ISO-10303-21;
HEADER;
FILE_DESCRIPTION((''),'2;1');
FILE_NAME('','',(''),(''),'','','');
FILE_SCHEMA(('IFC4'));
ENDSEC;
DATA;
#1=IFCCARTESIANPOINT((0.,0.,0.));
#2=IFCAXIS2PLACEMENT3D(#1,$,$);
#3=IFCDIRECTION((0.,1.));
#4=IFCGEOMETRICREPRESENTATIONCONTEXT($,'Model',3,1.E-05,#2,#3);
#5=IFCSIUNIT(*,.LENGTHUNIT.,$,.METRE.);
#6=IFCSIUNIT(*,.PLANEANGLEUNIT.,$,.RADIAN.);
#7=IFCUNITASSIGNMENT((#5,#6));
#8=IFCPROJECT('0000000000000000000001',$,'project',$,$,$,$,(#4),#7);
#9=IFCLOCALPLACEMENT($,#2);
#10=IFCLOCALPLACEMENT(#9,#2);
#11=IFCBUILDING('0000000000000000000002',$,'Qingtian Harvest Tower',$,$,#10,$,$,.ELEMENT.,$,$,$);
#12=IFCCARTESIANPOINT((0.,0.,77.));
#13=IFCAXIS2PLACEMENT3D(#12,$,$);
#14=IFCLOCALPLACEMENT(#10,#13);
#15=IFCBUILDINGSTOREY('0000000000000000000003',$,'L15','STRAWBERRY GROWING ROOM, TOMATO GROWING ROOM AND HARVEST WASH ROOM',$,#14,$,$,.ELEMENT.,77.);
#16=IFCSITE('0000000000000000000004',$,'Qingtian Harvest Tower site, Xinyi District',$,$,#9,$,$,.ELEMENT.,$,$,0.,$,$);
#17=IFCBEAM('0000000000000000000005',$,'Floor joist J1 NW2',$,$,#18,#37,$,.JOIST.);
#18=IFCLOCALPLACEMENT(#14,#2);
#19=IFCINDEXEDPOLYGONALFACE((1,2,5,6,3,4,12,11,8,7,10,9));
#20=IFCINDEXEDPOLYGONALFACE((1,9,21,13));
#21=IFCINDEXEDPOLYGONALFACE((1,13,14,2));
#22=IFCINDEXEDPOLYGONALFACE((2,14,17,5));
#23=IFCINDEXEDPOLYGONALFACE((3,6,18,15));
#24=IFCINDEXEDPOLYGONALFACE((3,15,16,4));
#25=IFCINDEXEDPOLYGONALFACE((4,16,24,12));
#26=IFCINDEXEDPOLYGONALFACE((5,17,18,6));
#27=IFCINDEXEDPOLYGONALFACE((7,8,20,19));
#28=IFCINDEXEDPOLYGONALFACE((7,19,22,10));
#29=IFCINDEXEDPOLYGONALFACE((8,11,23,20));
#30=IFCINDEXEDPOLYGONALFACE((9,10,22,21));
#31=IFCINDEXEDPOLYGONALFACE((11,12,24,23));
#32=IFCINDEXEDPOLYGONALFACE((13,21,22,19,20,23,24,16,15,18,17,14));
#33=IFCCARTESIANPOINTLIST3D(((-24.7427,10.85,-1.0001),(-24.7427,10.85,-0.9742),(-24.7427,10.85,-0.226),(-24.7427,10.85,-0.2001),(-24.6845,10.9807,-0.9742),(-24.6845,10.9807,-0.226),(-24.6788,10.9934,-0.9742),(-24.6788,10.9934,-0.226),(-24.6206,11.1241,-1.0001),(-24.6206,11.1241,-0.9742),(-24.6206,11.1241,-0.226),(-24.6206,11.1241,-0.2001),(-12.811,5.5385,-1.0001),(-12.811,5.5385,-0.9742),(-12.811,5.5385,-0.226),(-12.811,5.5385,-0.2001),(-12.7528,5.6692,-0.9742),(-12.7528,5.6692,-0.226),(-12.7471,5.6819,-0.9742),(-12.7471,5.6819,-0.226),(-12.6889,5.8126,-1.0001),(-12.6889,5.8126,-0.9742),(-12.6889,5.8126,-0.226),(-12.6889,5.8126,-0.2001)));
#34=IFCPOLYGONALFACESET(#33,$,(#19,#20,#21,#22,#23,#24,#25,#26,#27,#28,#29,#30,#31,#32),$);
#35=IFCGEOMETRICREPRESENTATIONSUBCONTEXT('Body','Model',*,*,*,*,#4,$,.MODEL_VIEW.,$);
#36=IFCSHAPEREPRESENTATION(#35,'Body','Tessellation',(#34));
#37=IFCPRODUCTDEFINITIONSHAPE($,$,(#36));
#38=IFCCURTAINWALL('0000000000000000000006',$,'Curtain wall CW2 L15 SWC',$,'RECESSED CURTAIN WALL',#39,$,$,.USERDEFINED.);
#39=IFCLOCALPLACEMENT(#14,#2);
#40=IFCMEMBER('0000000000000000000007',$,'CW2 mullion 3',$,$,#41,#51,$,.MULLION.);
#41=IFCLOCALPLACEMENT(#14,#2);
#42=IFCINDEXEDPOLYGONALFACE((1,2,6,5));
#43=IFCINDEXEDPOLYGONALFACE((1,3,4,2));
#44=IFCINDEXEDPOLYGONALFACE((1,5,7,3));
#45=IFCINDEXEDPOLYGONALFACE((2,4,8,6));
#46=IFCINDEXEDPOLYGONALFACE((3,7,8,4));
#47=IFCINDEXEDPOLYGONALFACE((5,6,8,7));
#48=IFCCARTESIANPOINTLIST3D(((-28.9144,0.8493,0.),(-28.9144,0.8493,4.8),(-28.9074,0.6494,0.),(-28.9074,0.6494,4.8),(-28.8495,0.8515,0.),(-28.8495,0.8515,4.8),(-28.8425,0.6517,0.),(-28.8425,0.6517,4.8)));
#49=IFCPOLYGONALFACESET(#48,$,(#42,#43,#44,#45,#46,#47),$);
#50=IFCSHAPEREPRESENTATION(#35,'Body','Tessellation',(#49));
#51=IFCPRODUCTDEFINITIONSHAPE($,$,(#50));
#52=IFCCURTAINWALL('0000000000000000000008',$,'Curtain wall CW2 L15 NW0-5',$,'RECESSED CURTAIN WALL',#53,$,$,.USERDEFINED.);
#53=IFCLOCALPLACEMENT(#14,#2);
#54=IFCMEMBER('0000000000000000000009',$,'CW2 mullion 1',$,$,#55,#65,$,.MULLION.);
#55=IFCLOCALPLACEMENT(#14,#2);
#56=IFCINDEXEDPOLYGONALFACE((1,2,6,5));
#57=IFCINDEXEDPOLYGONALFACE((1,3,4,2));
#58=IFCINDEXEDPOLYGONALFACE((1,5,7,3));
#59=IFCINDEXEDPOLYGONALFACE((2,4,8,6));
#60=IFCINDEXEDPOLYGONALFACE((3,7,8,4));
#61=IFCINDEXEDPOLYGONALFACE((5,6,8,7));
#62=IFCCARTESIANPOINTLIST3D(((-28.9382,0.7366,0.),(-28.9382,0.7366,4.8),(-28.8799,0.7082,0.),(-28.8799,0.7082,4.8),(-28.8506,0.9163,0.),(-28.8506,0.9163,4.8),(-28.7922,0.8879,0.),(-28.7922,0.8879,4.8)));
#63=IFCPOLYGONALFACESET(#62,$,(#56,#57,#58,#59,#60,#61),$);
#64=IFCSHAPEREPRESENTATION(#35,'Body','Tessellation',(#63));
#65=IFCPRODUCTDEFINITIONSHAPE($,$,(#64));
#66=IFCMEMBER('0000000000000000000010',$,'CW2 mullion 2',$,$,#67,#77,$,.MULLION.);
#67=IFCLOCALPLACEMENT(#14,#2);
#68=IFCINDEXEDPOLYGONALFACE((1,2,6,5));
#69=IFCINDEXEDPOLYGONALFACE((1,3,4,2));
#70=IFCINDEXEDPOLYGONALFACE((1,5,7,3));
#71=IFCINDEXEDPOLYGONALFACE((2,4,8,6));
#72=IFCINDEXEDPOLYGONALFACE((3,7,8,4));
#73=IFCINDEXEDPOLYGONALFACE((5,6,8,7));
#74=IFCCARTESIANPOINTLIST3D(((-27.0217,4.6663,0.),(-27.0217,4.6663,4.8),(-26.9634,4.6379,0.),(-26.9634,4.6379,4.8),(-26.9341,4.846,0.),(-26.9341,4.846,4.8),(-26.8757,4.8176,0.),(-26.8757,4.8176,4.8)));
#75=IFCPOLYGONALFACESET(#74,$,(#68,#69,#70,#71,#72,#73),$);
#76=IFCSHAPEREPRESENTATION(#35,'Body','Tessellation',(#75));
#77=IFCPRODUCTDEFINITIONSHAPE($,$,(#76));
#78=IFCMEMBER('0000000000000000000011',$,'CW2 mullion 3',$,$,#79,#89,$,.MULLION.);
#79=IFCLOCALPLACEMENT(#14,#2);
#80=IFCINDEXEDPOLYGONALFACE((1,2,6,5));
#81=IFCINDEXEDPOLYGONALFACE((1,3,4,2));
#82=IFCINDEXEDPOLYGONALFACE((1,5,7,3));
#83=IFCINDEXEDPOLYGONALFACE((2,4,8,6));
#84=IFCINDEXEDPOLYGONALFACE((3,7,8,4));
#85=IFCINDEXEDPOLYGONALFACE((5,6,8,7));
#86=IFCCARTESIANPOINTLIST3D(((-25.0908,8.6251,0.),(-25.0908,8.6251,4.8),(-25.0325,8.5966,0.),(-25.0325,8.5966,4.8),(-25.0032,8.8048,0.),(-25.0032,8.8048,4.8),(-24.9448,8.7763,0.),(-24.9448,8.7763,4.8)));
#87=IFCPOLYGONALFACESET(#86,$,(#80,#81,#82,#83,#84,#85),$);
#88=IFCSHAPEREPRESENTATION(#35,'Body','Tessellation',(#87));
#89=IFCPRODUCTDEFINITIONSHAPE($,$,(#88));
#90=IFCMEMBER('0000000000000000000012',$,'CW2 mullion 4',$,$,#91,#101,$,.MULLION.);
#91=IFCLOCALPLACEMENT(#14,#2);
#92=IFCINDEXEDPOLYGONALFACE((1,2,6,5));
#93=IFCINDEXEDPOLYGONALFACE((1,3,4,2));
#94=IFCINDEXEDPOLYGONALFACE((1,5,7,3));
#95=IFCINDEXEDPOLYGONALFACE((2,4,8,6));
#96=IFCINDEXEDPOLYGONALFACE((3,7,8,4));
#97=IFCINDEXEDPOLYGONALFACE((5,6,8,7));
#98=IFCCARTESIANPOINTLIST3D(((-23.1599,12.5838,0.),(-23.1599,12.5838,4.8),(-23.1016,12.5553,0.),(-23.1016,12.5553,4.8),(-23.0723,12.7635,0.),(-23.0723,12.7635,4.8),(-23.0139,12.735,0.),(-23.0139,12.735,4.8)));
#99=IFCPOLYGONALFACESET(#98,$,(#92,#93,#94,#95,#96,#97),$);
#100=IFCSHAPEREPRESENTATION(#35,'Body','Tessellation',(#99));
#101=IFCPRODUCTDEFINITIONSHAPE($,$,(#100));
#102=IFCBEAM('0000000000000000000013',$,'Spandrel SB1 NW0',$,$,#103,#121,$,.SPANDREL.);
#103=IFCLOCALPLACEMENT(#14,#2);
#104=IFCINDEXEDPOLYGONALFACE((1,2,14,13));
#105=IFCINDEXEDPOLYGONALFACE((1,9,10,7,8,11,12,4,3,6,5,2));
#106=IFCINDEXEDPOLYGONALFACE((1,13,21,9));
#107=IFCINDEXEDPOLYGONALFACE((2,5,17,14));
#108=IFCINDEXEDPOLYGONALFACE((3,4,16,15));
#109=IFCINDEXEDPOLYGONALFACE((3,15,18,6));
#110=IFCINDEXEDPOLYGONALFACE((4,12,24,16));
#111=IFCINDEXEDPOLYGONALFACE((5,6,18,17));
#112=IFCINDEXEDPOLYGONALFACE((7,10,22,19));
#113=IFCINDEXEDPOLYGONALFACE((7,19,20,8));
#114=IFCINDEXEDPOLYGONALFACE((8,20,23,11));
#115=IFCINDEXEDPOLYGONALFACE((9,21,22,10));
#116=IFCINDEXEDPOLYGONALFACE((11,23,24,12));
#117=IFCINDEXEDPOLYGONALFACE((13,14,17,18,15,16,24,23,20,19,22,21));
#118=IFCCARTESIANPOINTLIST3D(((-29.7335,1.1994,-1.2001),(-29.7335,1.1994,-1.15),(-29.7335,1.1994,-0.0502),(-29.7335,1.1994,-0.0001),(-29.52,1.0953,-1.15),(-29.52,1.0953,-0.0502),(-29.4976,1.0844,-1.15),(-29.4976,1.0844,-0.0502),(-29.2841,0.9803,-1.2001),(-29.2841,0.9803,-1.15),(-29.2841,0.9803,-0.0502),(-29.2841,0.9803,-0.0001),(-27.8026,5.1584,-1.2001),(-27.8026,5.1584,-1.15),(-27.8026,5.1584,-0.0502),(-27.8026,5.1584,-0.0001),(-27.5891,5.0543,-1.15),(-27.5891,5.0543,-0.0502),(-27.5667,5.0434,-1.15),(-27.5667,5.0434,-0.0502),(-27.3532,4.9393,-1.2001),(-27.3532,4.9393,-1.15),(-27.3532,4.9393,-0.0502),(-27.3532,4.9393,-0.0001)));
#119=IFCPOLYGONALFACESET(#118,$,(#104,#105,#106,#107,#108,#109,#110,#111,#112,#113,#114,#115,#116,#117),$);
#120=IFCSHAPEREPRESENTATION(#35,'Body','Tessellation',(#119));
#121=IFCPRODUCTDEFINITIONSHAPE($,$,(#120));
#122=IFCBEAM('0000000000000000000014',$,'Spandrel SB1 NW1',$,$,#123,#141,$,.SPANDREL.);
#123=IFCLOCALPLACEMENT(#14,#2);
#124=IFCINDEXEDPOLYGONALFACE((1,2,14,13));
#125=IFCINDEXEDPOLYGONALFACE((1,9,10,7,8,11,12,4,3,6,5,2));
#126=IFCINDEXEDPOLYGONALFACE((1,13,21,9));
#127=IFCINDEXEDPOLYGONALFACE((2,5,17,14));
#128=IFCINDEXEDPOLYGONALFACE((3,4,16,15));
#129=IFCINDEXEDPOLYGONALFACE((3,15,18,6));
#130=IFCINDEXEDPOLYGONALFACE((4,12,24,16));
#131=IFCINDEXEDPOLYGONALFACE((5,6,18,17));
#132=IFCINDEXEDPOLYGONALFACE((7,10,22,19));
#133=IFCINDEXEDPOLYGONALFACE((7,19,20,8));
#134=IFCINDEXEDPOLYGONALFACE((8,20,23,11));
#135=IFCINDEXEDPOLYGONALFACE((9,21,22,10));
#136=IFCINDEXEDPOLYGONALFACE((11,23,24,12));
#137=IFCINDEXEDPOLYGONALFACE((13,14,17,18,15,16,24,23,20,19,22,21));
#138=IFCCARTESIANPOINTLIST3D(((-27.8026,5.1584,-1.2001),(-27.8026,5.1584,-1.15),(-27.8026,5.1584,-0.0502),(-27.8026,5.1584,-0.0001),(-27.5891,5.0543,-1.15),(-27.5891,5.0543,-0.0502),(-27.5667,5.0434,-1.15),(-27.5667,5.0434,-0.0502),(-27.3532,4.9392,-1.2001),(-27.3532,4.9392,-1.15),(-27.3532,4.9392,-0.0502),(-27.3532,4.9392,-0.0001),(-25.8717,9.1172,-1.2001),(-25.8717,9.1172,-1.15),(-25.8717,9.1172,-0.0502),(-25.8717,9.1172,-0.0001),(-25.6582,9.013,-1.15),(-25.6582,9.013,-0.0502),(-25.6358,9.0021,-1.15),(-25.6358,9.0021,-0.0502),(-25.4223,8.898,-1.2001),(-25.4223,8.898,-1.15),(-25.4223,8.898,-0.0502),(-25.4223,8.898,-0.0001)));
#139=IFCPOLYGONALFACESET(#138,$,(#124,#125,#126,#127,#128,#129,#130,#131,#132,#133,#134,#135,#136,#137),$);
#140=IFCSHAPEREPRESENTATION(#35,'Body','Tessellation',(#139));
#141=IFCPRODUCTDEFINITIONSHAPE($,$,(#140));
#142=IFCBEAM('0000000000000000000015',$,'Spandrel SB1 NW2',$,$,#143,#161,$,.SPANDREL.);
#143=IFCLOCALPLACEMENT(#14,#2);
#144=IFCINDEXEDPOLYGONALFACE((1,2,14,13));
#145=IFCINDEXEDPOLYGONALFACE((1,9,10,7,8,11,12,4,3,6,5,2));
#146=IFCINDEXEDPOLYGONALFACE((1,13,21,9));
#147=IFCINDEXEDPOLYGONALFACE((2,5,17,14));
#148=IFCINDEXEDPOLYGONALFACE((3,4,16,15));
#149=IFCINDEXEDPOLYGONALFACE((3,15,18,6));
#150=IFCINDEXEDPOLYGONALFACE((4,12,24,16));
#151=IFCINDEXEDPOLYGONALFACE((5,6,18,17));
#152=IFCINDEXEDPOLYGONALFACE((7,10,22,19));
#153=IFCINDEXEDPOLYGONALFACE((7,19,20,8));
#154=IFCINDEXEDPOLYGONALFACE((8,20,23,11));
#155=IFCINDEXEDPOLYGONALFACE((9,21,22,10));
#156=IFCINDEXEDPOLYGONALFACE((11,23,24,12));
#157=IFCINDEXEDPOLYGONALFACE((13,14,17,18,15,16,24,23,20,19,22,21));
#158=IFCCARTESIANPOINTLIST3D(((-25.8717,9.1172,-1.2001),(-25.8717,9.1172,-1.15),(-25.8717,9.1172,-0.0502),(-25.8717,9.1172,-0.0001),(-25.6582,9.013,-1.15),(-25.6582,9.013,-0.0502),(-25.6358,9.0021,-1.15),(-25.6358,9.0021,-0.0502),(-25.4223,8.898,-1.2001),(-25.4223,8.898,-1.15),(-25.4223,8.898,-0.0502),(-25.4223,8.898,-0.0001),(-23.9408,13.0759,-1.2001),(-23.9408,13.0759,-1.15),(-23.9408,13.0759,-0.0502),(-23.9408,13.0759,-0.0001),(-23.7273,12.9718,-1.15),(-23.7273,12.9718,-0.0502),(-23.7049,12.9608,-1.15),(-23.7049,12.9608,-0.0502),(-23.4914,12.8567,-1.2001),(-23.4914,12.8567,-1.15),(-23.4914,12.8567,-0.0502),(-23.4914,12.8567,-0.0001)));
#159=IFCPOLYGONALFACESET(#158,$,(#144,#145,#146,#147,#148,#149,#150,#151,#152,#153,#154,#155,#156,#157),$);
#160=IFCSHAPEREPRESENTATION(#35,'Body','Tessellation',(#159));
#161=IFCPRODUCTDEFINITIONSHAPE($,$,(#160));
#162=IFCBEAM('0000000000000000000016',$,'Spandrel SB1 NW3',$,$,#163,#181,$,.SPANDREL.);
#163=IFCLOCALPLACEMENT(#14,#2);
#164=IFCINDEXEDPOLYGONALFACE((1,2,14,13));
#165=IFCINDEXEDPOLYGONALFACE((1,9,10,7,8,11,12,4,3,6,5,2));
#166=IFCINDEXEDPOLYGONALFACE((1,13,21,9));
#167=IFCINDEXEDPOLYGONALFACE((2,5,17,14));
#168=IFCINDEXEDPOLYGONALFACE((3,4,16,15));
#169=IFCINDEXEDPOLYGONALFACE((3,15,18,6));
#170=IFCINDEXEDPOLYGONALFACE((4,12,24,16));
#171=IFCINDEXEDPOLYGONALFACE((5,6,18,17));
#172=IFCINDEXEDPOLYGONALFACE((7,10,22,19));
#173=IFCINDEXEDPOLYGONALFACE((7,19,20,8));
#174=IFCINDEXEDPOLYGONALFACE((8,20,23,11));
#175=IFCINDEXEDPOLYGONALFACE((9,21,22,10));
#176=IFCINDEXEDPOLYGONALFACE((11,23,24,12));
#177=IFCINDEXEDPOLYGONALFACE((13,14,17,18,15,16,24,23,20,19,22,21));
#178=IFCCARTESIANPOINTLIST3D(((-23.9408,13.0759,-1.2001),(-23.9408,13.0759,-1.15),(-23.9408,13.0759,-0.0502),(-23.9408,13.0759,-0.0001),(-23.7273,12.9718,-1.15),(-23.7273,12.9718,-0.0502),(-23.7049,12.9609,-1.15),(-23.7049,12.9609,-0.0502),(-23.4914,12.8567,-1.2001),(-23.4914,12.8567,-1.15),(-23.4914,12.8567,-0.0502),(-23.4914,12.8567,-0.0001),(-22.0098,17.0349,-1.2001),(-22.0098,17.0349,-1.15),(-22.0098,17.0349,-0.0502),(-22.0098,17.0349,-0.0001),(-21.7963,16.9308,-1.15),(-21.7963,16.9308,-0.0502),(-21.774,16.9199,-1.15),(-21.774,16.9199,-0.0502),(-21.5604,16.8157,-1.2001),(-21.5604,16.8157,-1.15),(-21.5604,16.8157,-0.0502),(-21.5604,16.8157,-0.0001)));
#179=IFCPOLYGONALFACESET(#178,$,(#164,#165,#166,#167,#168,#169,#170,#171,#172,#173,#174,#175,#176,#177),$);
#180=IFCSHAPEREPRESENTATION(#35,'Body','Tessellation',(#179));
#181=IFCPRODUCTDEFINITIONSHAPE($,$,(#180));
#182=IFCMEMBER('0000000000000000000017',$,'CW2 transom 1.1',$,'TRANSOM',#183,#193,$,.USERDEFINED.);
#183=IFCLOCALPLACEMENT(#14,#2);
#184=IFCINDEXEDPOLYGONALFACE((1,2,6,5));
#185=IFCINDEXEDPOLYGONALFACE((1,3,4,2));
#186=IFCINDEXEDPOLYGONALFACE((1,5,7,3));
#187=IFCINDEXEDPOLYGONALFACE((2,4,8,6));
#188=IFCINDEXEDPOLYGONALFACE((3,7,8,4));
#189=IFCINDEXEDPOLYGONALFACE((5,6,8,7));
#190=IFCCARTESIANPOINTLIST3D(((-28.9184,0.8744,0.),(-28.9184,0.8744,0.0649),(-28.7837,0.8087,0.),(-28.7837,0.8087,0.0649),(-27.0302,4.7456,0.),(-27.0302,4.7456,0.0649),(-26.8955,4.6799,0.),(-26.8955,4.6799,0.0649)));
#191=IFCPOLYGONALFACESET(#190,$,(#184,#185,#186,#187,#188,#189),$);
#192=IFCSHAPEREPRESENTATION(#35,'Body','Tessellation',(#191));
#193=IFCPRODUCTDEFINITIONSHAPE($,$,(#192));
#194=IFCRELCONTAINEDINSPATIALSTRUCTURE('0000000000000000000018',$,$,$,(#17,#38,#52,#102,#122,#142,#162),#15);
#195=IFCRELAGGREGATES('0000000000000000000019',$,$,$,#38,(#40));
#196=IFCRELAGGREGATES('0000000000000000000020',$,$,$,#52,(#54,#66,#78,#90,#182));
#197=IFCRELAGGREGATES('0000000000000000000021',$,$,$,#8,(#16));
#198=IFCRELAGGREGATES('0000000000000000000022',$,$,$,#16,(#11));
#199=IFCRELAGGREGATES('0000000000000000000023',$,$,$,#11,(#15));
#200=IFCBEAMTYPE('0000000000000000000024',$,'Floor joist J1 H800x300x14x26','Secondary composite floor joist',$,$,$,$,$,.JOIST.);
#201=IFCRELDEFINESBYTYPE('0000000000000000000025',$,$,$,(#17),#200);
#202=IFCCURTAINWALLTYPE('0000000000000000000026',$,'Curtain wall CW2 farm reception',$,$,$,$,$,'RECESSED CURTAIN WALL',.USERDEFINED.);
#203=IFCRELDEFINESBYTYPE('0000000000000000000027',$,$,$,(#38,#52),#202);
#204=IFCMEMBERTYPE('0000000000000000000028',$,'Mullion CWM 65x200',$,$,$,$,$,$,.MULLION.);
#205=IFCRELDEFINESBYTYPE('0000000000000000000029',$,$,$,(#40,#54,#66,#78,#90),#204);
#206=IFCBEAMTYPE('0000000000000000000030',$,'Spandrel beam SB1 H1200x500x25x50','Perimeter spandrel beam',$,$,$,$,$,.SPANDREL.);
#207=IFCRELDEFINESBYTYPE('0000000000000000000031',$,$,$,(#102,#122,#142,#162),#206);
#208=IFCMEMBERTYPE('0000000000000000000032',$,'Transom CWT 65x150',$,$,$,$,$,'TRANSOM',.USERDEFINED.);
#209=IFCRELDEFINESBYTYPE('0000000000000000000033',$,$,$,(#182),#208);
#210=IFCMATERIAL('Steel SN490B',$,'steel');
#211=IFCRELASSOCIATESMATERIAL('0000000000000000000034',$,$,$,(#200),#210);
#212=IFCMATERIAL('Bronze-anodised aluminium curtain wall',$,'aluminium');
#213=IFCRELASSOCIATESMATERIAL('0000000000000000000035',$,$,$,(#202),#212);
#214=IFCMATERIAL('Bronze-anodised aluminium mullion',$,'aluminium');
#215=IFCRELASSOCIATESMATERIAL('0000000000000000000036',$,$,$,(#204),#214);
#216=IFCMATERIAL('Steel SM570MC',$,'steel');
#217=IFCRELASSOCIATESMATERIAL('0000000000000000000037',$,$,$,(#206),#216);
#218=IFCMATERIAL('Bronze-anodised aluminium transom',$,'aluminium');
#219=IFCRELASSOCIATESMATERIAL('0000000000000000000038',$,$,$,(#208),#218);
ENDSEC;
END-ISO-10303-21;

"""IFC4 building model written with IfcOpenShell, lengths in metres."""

from ifc_helpers import new_model, si_unit, direction, frame, origin, origin_2d, place, context, subcontext, project, spatial, rectangle, i_section, extrude, material, material_profile, profile_set, type_object, element, aggregate, save


model = new_model("IFC4")

# Units and contexts
model_context = context("Model", 3, precision=1e-05, world=origin(), true_north=direction((0.0, 1.0)))
body_context = subcontext(model_context, "Body", "Model", "MODEL_VIEW")
ifc_project = project(units=[si_unit("LENGTHUNIT", "METRE"), si_unit("PLANEANGLEUNIT", "RADIAN")], contexts=[model_context])

# Site, building, storey
site_placement = place(None, origin())
site = spatial("IfcSite", under=ifc_project, at=site_placement, Name="Qingtian Harvest Tower site, Xinyi District", CompositionType="ELEMENT", RefElevation=0.0)
building_placement = place(site_placement, origin())
building = spatial("IfcBuilding", under=site, at=building_placement, Name="Qingtian Harvest Tower", CompositionType="ELEMENT")
storey_placement = place(building_placement, frame((0.0, 0.0, 77.0)))
storey = spatial("IfcBuildingStorey", under=building, at=storey_placement, Name="L15", Description="STRAWBERRY GROWING ROOM, TOMATO GROWING ROOM AND HARVEST WASH ROOM", CompositionType="ELEMENT", Elevation=77.0)

# Beam
ifc_material_1 = material(Name="Steel SN490B", Category="steel")
ifc_material_profile_1 = material_profile(ifc_material_1, i_section(OverallWidth=0.3, OverallDepth=0.8, WebThickness=0.0139, FlangeThickness=0.0259, at=origin_2d()), Name="H800x300x14x26")
ifc_profile_set_1 = profile_set([ifc_material_profile_1], Name="Steel SN490B")
beam_type_1 = type_object("IfcBeamType", Name="Floor joist J1 H800x300x14x26", Description="Secondary composite floor joist", PredefinedType="JOIST", material=ifc_profile_set_1)
beam_1_placement = place(storey_placement, frame((-24.6816, 10.9871, -0.6001), z_axis=(0.913568, -0.406686, 0.0), x_axis=(0.406686, 0.913568, 0.0)))
element("IfcBeam", 1, at=beam_1_placement, inside=storey, type_object=beam_type_1, Name="Floor joist J1 NW2", PredefinedType="JOIST", context=body_context, shape_type="SweptSolid", body=[
    extrude(i_section(OverallWidth=0.3, OverallDepth=0.8, WebThickness=0.0139, FlangeThickness=0.0259, at=origin_2d()), origin(), (0.0, 0.0, 1.0), 13.0605),
])

# Curtain wall, member
ifc_material_2 = material(Name="Bronze-anodised aluminium curtain wall", Category="aluminium")
curtain_wall_type = type_object("IfcCurtainWallType", Name="Curtain wall CW2 farm reception", ElementType="RECESSED CURTAIN WALL", PredefinedType="USERDEFINED", material=ifc_material_2)
curtain_wall_1_placement = place(storey_placement, origin())
curtain_wall_1 = element("IfcCurtainWall", 2, at=curtain_wall_1_placement, inside=storey, type_object=curtain_wall_type, Name="Curtain wall CW2 L15 SWC", ObjectType="RECESSED CURTAIN WALL", PredefinedType="USERDEFINED")
ifc_material_3 = material(Name="Bronze-anodised aluminium mullion", Category="aluminium")
ifc_material_profile_2 = material_profile(ifc_material_3, rectangle(XDim=0.0649, YDim=0.2, at=origin_2d()), Name="AL 65x200")
ifc_profile_set_2 = profile_set([ifc_material_profile_2], Name="Bronze-anodised aluminium mullion")
member_type_1 = type_object("IfcMemberType", Name="Mullion CWM 65x200", PredefinedType="MULLION", material=ifc_profile_set_2)
member_1_placement = place(storey_placement, frame((-28.8784, 0.7505, 0.0), z_axis=(0.0, 0.0, 1.0), x_axis=(-0.999391, -0.034899, 0.0)))
member_1 = element("IfcMember", 3, at=member_1_placement, type_object=member_type_1, Name="CW2 mullion 3", PredefinedType="MULLION", context=body_context, shape_type="SweptSolid", body=[
    extrude(rectangle(XDim=0.0649, YDim=0.2, at=origin_2d()), origin(), (0.0, 0.0, 1.0), 4.8),
])
aggregate(curtain_wall_1, [member_1])

# Curtain wall, members
curtain_wall_2_placement = place(storey_placement, origin())
curtain_wall_2 = element("IfcCurtainWall", 4, at=curtain_wall_2_placement, inside=storey, type_object=curtain_wall_type, Name="Curtain wall CW2 L15 NW0-5", ObjectType="RECESSED CURTAIN WALL", PredefinedType="USERDEFINED")
member_2_placement = place(storey_placement, frame((-28.8652, 0.8123, 0.0), z_axis=(0.0, 0.0, 1.0), x_axis=(-0.898794, 0.438371, 0.0)))
member_2 = element("IfcMember", 5, at=member_2_placement, type_object=member_type_1, Name="CW2 mullion 1", PredefinedType="MULLION", context=body_context, shape_type="SweptSolid", body=[
    extrude(rectangle(XDim=0.0649, YDim=0.2, at=origin_2d()), origin(), (0.0, 0.0, 1.0), 4.8),
])
member_3_placement = place(storey_placement, frame((-26.9487, 4.7419, 0.0), z_axis=(0.0, 0.0, 1.0), x_axis=(-0.898794, 0.438371, 0.0)))
member_3 = element("IfcMember", 6, at=member_3_placement, type_object=member_type_1, Name="CW2 mullion 2", PredefinedType="MULLION", context=body_context, shape_type="SweptSolid", body=[
    extrude(rectangle(XDim=0.0649, YDim=0.2, at=origin_2d()), origin(), (0.0, 0.0, 1.0), 4.8),
])
member_4_placement = place(storey_placement, frame((-25.0178, 8.7007, 0.0), z_axis=(0.0, 0.0, 1.0), x_axis=(-0.898794, 0.438371, 0.0)))
member_4 = element("IfcMember", 7, at=member_4_placement, type_object=member_type_1, Name="CW2 mullion 3", PredefinedType="MULLION", context=body_context, shape_type="SweptSolid", body=[
    extrude(rectangle(XDim=0.0649, YDim=0.2, at=origin_2d()), origin(), (0.0, 0.0, 1.0), 4.8),
])
member_5_placement = place(storey_placement, frame((-23.0869, 12.6594, 0.0), z_axis=(0.0, 0.0, 1.0), x_axis=(-0.898794, 0.438371, 0.0)))
member_5 = element("IfcMember", 8, at=member_5_placement, type_object=member_type_1, Name="CW2 mullion 4", PredefinedType="MULLION", context=body_context, shape_type="SweptSolid", body=[
    extrude(rectangle(XDim=0.0649, YDim=0.2, at=origin_2d()), origin(), (0.0, 0.0, 1.0), 4.8),
])

# Beams
ifc_material_4 = material(Name="Steel SM570MC", Category="steel")
ifc_material_profile_3 = material_profile(ifc_material_4, i_section(OverallWidth=0.5, OverallDepth=1.2, WebThickness=0.0249, FlangeThickness=0.05, at=origin_2d()), Name="H1200x500x25x50")
ifc_profile_set_3 = profile_set([ifc_material_profile_3], Name="Steel SM570MC")
beam_type_2 = type_object("IfcBeamType", Name="Spandrel beam SB1 H1200x500x25x50", Description="Perimeter spandrel beam", PredefinedType="SPANDREL", material=ifc_profile_set_3)
beam_2_placement = place(storey_placement, frame((-29.5088, 1.0898, -0.6001), z_axis=(0.438368, 0.898796, 0.0), x_axis=(-0.898796, 0.438368, 0.0)))
element("IfcBeam", 9, at=beam_2_placement, inside=storey, type_object=beam_type_2, Name="Spandrel SB1 NW0", PredefinedType="SPANDREL", context=body_context, shape_type="SweptSolid", body=[
    extrude(i_section(OverallWidth=0.5, OverallDepth=1.2, WebThickness=0.0249, FlangeThickness=0.05, at=origin_2d()), origin(), (0.0, 0.0, 1.0), 4.4048),
])
for number, where, z_axis, x_axis, name in (
    (10, (-27.5779, 5.0488, -0.6001), (0.43839, 0.898785, 0.0), (-0.898785, 0.43839, 0.0), "Spandrel SB1 NW1"),
    (11, (-25.647, 9.0076, -0.6001), (0.43839, 0.898785, 0.0), (-0.898785, 0.43839, 0.0), "Spandrel SB1 NW2"),
):
    element("IfcBeam", number, at=place(storey_placement, frame(where, z_axis=z_axis, x_axis=x_axis)), inside=storey, type_object=beam_type_2, Name=name, PredefinedType="SPANDREL", context=body_context, shape_type="SweptSolid", body=[
        extrude(i_section(OverallWidth=0.5, OverallDepth=1.2, WebThickness=0.0249, FlangeThickness=0.05, at=origin_2d()), origin(), (0.0, 0.0, 1.0), 4.4045),
    ])
beam_3_placement = place(storey_placement, frame((-23.7161, 12.9663, -0.6001), z_axis=(0.438368, 0.898796, 0.0), x_axis=(-0.898796, 0.438368, 0.0)))
element("IfcBeam", 12, at=beam_3_placement, inside=storey, type_object=beam_type_2, Name="Spandrel SB1 NW3", PredefinedType="SPANDREL", context=body_context, shape_type="SweptSolid", body=[
    extrude(i_section(OverallWidth=0.5, OverallDepth=1.2, WebThickness=0.0249, FlangeThickness=0.05, at=origin_2d()), origin(), (0.0, 0.0, 1.0), 4.4048),
])

# Member
ifc_material_5 = material(Name="Bronze-anodised aluminium transom", Category="aluminium")
ifc_material_profile_4 = material_profile(ifc_material_5, rectangle(XDim=0.1499, YDim=0.0649, at=origin_2d()), Name="AL 65x150")
ifc_profile_set_4 = profile_set([ifc_material_profile_4], Name="Bronze-anodised aluminium transom")
member_type_2 = type_object("IfcMemberType", Name="Transom CWT 65x150", ElementType="TRANSOM", PredefinedType="USERDEFINED", material=ifc_profile_set_4)
member_6_placement = place(storey_placement, frame((-28.8511, 0.8416, 0.0325), z_axis=(0.438395, 0.898783, 0.0), x_axis=(-0.898783, 0.438395, 0.0)))
member_6 = element("IfcMember", 13, at=member_6_placement, type_object=member_type_2, Name="CW2 transom 1.1", ObjectType="TRANSOM", PredefinedType="USERDEFINED", context=body_context, shape_type="SweptSolid", body=[
    extrude(rectangle(XDim=0.1499, YDim=0.0649, at=origin_2d()), origin(), (0.0, 0.0, 1.0), 4.3071),
])

aggregate(curtain_wall_2, [member_2, member_3, member_4, member_5, member_6])

save(model, "model.ifc")
